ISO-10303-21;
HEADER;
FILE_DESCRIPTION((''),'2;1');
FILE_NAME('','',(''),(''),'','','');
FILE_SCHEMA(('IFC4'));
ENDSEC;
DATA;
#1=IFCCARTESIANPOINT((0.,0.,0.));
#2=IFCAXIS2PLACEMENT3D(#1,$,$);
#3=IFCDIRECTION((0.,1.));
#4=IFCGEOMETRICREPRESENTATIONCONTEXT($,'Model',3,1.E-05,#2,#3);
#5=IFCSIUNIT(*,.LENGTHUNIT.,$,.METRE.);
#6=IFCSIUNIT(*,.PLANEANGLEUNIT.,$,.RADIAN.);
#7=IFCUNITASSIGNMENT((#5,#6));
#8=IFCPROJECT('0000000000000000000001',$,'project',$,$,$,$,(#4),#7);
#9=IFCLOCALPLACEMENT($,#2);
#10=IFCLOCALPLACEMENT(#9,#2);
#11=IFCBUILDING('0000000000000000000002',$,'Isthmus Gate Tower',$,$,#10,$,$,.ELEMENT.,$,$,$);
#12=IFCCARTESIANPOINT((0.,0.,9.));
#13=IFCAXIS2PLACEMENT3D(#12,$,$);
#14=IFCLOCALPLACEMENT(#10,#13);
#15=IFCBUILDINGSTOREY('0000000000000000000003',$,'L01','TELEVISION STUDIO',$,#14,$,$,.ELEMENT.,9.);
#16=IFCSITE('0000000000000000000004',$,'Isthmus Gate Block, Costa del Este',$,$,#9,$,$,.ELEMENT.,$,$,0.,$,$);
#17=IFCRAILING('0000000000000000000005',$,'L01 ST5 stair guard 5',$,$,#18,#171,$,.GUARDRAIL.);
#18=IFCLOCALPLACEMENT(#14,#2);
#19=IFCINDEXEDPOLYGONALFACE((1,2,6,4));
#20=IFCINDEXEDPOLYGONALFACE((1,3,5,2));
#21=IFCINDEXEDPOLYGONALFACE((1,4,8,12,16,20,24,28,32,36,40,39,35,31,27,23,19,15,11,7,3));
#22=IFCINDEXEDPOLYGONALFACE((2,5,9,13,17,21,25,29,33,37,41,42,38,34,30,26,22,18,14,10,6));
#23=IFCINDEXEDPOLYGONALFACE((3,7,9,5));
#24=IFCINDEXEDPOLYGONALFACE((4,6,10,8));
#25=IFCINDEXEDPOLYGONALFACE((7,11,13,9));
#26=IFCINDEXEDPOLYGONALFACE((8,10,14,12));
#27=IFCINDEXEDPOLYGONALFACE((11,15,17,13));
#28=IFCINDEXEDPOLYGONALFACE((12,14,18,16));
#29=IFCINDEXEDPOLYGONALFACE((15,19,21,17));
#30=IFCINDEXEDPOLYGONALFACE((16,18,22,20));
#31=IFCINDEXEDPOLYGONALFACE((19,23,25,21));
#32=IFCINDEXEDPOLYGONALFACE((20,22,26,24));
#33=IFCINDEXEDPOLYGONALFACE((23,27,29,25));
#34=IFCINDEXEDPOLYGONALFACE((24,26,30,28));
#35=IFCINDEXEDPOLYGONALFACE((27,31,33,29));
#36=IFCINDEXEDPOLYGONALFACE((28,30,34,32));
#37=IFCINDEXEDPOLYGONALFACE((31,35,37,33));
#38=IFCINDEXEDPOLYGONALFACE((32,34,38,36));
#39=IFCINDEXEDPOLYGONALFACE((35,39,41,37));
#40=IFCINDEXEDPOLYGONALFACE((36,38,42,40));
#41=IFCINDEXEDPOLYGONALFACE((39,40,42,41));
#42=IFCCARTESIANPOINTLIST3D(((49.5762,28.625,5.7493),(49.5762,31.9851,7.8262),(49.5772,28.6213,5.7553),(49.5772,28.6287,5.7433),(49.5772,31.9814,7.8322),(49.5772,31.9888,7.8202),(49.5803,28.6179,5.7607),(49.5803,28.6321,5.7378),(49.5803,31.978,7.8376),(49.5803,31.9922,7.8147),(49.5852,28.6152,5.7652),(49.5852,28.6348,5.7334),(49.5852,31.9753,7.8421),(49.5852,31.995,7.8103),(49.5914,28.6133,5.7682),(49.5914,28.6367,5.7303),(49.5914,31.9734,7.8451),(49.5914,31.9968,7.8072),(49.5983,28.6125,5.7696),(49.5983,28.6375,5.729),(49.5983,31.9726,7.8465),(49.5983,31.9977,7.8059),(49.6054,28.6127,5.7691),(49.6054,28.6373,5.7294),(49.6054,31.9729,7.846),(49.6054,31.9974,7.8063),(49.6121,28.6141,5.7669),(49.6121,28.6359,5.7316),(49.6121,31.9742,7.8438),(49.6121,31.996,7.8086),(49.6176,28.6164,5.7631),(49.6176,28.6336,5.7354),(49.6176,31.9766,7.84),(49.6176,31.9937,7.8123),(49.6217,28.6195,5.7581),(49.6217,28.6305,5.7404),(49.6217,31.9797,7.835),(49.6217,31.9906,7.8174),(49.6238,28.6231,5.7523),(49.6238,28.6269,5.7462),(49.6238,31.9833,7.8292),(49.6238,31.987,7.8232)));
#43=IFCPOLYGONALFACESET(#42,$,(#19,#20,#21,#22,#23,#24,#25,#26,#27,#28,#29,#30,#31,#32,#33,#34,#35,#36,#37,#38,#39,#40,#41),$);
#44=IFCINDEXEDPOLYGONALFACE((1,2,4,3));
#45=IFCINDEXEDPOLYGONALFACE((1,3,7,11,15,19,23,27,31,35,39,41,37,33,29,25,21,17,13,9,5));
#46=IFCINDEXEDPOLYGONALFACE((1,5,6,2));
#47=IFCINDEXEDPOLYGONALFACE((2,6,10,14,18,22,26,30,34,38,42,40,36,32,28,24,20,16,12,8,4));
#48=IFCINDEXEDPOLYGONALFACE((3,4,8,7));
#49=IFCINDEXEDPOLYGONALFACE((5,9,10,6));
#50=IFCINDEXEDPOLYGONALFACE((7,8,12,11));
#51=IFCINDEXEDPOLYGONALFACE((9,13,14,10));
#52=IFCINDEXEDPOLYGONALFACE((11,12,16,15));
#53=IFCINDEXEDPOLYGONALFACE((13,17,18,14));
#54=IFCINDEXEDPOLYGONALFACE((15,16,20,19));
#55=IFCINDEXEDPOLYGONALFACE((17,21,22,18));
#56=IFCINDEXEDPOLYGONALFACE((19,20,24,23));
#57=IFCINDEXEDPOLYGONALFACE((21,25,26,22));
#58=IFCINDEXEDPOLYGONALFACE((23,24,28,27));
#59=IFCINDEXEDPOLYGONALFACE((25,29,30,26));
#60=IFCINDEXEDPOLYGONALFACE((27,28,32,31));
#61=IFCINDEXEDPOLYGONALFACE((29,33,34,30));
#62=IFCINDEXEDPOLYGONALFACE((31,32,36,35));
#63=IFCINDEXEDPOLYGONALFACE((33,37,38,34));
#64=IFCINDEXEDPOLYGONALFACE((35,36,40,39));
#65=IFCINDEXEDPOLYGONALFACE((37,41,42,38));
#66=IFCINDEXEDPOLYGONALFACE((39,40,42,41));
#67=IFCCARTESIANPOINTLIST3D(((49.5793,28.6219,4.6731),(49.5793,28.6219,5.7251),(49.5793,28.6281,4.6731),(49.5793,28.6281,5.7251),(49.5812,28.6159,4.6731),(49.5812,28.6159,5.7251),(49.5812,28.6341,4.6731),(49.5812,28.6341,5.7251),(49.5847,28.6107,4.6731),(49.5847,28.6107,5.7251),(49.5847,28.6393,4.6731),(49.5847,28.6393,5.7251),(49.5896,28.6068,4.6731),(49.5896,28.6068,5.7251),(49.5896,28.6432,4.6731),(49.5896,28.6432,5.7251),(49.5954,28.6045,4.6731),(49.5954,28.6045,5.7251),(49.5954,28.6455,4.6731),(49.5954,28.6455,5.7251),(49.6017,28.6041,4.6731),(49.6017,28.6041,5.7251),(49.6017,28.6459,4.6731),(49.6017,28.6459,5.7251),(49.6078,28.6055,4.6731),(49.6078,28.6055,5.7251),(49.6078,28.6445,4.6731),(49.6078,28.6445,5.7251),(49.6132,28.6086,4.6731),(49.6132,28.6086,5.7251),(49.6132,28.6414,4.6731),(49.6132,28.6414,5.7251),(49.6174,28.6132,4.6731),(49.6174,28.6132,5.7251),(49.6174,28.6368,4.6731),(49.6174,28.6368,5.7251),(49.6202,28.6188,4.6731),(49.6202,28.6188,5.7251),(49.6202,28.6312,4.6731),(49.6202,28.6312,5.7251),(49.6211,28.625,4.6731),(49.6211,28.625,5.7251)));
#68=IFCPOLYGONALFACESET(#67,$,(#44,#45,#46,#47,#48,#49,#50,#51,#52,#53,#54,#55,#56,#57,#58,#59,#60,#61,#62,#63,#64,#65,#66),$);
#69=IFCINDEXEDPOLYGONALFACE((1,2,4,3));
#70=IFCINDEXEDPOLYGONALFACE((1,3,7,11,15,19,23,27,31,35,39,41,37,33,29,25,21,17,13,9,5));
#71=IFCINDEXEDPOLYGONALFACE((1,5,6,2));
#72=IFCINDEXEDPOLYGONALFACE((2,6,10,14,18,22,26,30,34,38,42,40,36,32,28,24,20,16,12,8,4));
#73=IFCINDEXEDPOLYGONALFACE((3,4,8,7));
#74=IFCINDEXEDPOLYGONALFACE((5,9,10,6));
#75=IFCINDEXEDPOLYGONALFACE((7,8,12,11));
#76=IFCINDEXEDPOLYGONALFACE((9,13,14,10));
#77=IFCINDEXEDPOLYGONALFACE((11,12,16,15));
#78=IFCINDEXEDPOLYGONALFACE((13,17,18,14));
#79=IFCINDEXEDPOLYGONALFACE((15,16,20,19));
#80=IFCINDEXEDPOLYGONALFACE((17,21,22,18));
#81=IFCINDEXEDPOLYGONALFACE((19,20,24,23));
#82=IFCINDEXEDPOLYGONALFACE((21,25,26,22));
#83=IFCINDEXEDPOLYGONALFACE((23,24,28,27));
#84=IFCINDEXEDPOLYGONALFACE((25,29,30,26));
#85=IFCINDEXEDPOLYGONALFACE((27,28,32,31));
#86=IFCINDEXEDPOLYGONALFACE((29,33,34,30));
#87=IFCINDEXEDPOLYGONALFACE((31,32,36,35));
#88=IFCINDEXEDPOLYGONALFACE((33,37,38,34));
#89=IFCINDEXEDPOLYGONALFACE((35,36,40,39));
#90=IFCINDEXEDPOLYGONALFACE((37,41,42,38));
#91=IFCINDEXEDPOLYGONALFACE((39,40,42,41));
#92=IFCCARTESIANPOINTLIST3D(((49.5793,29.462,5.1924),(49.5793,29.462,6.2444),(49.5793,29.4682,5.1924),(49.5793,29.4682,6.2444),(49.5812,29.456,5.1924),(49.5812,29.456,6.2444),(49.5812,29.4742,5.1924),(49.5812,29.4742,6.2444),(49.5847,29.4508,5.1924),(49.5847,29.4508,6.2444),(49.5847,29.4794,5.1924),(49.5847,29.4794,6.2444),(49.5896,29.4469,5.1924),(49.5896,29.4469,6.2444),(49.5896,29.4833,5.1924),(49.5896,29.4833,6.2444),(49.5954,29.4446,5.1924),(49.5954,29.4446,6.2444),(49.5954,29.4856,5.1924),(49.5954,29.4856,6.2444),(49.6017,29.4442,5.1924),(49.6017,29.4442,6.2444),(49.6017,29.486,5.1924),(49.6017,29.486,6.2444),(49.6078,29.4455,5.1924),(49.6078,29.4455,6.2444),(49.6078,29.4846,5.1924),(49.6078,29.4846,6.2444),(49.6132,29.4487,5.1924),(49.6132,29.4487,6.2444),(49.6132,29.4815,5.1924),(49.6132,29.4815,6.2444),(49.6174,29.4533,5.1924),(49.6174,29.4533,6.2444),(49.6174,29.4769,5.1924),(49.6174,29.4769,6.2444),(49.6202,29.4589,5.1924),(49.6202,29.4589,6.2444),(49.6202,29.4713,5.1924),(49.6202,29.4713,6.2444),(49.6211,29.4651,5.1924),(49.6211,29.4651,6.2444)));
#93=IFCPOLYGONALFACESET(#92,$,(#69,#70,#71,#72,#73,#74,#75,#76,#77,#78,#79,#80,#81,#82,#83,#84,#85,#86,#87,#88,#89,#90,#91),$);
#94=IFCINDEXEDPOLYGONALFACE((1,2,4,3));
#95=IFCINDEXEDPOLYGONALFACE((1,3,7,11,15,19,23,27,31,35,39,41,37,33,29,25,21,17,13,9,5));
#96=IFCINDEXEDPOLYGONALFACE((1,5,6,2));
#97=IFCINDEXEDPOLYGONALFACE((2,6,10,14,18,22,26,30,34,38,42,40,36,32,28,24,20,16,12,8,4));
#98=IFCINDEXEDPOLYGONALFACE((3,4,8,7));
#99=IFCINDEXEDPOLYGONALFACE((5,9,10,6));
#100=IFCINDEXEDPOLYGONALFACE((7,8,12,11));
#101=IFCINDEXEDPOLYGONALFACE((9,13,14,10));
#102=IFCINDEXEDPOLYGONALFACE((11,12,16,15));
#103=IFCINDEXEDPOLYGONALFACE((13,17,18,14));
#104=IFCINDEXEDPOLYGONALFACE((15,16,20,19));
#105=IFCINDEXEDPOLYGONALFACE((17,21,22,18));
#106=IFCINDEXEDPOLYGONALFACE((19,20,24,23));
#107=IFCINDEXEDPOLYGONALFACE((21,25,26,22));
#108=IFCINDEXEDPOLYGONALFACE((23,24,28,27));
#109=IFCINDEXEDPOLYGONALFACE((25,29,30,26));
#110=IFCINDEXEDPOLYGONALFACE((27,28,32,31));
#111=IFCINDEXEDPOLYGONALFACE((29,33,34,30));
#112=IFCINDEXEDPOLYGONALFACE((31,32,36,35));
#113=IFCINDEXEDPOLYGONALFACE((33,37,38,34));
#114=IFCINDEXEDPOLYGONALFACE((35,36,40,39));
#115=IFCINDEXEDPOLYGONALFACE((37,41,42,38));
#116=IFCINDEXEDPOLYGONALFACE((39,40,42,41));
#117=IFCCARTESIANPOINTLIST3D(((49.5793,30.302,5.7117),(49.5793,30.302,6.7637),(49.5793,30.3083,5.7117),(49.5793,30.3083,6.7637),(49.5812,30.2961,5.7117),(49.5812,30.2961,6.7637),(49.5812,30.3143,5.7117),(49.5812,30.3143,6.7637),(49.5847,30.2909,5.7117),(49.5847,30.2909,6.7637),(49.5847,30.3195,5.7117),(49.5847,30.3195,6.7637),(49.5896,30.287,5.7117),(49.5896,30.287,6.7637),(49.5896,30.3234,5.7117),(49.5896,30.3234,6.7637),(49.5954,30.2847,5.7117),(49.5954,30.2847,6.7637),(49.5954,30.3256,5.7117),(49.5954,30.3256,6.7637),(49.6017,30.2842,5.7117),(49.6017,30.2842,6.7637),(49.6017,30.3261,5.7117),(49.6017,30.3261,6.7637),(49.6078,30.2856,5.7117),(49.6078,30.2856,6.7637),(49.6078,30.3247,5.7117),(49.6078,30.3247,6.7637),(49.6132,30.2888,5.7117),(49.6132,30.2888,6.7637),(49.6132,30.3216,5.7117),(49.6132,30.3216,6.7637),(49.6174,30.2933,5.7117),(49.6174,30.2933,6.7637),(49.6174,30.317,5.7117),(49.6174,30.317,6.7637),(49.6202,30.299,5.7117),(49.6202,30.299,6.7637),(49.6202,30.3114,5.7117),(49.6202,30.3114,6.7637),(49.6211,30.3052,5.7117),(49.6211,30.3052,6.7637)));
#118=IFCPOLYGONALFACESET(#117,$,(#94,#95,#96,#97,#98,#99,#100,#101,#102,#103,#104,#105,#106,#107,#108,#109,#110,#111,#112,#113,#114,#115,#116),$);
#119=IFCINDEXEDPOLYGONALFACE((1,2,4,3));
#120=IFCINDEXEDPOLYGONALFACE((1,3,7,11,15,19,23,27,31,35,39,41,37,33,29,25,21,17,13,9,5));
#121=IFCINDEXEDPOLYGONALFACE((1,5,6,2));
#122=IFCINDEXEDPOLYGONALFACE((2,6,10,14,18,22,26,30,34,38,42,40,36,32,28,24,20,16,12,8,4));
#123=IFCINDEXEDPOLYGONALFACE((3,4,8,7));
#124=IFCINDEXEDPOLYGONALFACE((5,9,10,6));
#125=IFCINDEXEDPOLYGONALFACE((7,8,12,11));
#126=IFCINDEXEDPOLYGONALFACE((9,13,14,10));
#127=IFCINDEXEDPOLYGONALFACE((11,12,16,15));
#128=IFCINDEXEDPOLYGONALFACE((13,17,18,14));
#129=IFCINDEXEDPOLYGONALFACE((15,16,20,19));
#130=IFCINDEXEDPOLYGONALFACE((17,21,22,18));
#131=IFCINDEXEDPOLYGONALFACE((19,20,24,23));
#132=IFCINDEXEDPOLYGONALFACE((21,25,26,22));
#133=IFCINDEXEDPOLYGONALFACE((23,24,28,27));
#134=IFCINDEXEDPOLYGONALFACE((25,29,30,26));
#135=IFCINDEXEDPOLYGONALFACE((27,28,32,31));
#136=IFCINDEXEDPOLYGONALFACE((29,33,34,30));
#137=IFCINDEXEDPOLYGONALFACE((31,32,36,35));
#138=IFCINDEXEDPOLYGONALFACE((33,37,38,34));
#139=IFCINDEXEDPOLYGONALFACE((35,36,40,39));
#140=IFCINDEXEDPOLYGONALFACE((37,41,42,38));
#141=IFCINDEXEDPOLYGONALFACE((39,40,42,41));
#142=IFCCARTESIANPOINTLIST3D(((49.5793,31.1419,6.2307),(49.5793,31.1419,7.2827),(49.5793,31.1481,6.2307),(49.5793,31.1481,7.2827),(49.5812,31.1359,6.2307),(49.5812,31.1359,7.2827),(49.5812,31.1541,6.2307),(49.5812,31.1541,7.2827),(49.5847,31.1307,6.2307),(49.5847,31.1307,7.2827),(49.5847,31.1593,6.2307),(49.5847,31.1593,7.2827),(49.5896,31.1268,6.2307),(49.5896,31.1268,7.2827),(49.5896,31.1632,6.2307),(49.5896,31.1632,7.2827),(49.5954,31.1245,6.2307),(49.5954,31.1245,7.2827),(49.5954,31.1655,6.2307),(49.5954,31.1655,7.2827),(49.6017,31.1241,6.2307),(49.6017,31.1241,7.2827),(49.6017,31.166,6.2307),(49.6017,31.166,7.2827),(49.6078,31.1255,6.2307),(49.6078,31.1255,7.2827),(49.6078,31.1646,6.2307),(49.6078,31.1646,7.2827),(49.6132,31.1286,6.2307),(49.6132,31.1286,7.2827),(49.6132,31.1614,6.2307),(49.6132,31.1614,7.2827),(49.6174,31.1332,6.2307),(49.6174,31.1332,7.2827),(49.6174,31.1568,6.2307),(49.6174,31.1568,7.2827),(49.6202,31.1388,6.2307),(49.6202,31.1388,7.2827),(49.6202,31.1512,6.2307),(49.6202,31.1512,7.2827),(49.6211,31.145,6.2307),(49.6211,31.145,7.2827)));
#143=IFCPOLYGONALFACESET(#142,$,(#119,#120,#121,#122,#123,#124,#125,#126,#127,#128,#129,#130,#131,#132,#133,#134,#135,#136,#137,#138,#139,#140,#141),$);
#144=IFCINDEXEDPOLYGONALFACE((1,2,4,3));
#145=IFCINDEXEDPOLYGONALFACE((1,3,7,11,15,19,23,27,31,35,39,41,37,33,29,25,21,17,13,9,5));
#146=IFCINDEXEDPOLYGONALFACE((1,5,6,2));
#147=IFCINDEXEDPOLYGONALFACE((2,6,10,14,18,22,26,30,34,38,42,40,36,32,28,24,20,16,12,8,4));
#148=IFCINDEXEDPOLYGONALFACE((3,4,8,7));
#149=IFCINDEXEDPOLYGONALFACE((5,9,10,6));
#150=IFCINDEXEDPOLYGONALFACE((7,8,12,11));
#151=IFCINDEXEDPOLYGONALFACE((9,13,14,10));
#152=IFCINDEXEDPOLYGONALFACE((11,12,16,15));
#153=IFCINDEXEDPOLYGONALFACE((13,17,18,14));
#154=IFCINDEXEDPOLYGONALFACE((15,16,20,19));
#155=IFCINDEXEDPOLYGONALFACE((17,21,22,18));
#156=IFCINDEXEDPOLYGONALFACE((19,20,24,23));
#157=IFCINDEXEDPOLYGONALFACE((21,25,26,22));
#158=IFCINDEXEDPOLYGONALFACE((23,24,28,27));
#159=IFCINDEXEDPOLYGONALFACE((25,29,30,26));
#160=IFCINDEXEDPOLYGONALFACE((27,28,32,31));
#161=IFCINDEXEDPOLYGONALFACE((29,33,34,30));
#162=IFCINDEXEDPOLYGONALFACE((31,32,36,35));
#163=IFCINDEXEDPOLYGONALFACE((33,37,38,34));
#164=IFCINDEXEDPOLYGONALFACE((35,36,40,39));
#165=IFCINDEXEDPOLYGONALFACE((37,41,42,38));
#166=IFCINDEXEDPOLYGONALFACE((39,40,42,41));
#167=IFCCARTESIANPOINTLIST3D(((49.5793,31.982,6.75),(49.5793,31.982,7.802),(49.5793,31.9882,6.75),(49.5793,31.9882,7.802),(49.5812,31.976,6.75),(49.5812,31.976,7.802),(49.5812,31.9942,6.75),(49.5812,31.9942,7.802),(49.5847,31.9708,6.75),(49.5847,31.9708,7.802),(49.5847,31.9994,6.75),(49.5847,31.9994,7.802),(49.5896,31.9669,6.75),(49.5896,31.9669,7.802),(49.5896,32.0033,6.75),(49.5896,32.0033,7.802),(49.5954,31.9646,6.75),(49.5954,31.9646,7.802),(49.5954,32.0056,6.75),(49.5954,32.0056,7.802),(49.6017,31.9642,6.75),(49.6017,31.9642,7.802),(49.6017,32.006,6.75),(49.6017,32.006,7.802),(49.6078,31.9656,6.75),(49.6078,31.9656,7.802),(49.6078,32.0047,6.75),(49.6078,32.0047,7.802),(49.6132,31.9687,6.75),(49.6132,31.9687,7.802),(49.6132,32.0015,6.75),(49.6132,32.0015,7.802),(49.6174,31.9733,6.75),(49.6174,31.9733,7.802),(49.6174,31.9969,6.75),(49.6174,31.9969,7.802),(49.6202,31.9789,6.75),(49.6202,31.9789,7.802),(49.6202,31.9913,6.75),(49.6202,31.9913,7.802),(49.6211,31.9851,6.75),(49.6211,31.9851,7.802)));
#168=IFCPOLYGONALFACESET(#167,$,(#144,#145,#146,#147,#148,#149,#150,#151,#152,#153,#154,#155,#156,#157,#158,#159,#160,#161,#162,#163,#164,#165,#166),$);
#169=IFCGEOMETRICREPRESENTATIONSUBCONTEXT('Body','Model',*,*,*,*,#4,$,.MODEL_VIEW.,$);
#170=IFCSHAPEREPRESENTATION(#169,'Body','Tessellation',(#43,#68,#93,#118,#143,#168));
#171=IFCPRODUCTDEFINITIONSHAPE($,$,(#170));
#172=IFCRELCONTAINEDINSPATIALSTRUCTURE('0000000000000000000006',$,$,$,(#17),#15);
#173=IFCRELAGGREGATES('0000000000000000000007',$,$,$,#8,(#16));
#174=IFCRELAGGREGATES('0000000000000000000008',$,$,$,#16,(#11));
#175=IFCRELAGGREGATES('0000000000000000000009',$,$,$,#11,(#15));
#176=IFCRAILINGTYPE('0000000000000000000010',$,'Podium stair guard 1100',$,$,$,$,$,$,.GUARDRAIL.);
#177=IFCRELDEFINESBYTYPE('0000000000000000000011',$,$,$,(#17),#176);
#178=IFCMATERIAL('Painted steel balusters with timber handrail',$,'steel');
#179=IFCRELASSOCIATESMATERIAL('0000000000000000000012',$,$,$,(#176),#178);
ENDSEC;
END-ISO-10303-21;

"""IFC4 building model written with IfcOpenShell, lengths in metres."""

from ifc_helpers import new_model, si_unit, direction, frame, origin, origin_2d, place, context, subcontext, project, spatial, circle, extrude, material, type_object, element, save


model = new_model("IFC4")

# Units and contexts
model_context = context("Model", 3, precision=1e-05, world=origin(), true_north=direction((0.0, 1.0)))
body_context = subcontext(model_context, "Body", "Model", "MODEL_VIEW")
ifc_project = project(units=[si_unit("LENGTHUNIT", "METRE"), si_unit("PLANEANGLEUNIT", "RADIAN")], contexts=[model_context])

# Site, building, storey
site_placement = place(None, origin())
site = spatial("IfcSite", under=ifc_project, at=site_placement, Name="Isthmus Gate Block, Costa del Este", CompositionType="ELEMENT", RefElevation=0.0)
building_placement = place(site_placement, origin())
building = spatial("IfcBuilding", under=site, at=building_placement, Name="Isthmus Gate Tower", CompositionType="ELEMENT")
storey_placement = place(building_placement, frame((0.0, 0.0, 9.0)))
storey = spatial("IfcBuildingStorey", under=building, at=storey_placement, Name="L01", Description="TELEVISION STUDIO", CompositionType="ELEMENT", Elevation=9.0)

# Railing
ifc_material_1 = material(Name="Painted steel balusters with timber handrail", Category="steel")
railing_type_1 = type_object("IfcRailingType", Name="Podium stair guard 1100", PredefinedType="GUARDRAIL", material=ifc_material_1)
railing_1_placement = place(storey_placement, frame((49.6001, 28.625, 4.6731)))
element("IfcRailing", 1, at=railing_1_placement, inside=storey, type_object=railing_type_1, Name="L01 ST5 stair guard 5", PredefinedType="GUARDRAIL", context=body_context, shape_type="SweptSolid", body=[
    extrude(circle(Radius=0.0239, at=origin_2d()), frame((0.0, 0.0, 1.0762), z_axis=(0.0, 0.850623, 0.525776), x_axis=(-1.0, 0.0, 0.0)), (0.0, 0.0, 1.0), 3.9502),
    extrude(circle(Radius=0.021, at=origin_2d()), origin(), (0.0, 0.0, 1.0), 1.052),
    extrude(circle(Radius=0.021, at=origin_2d()), frame((0.0, 0.8401, 0.5193)), (0.0, 0.0, 1.0), 1.052),
    extrude(circle(Radius=0.021, at=origin_2d()), frame((0.0, 1.6802, 1.0386)), (0.0, 0.0, 1.0), 1.052),
    extrude(circle(Radius=0.021, at=origin_2d()), frame((0.0, 2.52, 1.5576)), (0.0, 0.0, 1.0), 1.052),
    extrude(circle(Radius=0.021, at=origin_2d()), frame((0.0, 3.3601, 2.0769)), (0.0, 0.0, 1.0), 1.052),
])

save(model, "model.ifc")
